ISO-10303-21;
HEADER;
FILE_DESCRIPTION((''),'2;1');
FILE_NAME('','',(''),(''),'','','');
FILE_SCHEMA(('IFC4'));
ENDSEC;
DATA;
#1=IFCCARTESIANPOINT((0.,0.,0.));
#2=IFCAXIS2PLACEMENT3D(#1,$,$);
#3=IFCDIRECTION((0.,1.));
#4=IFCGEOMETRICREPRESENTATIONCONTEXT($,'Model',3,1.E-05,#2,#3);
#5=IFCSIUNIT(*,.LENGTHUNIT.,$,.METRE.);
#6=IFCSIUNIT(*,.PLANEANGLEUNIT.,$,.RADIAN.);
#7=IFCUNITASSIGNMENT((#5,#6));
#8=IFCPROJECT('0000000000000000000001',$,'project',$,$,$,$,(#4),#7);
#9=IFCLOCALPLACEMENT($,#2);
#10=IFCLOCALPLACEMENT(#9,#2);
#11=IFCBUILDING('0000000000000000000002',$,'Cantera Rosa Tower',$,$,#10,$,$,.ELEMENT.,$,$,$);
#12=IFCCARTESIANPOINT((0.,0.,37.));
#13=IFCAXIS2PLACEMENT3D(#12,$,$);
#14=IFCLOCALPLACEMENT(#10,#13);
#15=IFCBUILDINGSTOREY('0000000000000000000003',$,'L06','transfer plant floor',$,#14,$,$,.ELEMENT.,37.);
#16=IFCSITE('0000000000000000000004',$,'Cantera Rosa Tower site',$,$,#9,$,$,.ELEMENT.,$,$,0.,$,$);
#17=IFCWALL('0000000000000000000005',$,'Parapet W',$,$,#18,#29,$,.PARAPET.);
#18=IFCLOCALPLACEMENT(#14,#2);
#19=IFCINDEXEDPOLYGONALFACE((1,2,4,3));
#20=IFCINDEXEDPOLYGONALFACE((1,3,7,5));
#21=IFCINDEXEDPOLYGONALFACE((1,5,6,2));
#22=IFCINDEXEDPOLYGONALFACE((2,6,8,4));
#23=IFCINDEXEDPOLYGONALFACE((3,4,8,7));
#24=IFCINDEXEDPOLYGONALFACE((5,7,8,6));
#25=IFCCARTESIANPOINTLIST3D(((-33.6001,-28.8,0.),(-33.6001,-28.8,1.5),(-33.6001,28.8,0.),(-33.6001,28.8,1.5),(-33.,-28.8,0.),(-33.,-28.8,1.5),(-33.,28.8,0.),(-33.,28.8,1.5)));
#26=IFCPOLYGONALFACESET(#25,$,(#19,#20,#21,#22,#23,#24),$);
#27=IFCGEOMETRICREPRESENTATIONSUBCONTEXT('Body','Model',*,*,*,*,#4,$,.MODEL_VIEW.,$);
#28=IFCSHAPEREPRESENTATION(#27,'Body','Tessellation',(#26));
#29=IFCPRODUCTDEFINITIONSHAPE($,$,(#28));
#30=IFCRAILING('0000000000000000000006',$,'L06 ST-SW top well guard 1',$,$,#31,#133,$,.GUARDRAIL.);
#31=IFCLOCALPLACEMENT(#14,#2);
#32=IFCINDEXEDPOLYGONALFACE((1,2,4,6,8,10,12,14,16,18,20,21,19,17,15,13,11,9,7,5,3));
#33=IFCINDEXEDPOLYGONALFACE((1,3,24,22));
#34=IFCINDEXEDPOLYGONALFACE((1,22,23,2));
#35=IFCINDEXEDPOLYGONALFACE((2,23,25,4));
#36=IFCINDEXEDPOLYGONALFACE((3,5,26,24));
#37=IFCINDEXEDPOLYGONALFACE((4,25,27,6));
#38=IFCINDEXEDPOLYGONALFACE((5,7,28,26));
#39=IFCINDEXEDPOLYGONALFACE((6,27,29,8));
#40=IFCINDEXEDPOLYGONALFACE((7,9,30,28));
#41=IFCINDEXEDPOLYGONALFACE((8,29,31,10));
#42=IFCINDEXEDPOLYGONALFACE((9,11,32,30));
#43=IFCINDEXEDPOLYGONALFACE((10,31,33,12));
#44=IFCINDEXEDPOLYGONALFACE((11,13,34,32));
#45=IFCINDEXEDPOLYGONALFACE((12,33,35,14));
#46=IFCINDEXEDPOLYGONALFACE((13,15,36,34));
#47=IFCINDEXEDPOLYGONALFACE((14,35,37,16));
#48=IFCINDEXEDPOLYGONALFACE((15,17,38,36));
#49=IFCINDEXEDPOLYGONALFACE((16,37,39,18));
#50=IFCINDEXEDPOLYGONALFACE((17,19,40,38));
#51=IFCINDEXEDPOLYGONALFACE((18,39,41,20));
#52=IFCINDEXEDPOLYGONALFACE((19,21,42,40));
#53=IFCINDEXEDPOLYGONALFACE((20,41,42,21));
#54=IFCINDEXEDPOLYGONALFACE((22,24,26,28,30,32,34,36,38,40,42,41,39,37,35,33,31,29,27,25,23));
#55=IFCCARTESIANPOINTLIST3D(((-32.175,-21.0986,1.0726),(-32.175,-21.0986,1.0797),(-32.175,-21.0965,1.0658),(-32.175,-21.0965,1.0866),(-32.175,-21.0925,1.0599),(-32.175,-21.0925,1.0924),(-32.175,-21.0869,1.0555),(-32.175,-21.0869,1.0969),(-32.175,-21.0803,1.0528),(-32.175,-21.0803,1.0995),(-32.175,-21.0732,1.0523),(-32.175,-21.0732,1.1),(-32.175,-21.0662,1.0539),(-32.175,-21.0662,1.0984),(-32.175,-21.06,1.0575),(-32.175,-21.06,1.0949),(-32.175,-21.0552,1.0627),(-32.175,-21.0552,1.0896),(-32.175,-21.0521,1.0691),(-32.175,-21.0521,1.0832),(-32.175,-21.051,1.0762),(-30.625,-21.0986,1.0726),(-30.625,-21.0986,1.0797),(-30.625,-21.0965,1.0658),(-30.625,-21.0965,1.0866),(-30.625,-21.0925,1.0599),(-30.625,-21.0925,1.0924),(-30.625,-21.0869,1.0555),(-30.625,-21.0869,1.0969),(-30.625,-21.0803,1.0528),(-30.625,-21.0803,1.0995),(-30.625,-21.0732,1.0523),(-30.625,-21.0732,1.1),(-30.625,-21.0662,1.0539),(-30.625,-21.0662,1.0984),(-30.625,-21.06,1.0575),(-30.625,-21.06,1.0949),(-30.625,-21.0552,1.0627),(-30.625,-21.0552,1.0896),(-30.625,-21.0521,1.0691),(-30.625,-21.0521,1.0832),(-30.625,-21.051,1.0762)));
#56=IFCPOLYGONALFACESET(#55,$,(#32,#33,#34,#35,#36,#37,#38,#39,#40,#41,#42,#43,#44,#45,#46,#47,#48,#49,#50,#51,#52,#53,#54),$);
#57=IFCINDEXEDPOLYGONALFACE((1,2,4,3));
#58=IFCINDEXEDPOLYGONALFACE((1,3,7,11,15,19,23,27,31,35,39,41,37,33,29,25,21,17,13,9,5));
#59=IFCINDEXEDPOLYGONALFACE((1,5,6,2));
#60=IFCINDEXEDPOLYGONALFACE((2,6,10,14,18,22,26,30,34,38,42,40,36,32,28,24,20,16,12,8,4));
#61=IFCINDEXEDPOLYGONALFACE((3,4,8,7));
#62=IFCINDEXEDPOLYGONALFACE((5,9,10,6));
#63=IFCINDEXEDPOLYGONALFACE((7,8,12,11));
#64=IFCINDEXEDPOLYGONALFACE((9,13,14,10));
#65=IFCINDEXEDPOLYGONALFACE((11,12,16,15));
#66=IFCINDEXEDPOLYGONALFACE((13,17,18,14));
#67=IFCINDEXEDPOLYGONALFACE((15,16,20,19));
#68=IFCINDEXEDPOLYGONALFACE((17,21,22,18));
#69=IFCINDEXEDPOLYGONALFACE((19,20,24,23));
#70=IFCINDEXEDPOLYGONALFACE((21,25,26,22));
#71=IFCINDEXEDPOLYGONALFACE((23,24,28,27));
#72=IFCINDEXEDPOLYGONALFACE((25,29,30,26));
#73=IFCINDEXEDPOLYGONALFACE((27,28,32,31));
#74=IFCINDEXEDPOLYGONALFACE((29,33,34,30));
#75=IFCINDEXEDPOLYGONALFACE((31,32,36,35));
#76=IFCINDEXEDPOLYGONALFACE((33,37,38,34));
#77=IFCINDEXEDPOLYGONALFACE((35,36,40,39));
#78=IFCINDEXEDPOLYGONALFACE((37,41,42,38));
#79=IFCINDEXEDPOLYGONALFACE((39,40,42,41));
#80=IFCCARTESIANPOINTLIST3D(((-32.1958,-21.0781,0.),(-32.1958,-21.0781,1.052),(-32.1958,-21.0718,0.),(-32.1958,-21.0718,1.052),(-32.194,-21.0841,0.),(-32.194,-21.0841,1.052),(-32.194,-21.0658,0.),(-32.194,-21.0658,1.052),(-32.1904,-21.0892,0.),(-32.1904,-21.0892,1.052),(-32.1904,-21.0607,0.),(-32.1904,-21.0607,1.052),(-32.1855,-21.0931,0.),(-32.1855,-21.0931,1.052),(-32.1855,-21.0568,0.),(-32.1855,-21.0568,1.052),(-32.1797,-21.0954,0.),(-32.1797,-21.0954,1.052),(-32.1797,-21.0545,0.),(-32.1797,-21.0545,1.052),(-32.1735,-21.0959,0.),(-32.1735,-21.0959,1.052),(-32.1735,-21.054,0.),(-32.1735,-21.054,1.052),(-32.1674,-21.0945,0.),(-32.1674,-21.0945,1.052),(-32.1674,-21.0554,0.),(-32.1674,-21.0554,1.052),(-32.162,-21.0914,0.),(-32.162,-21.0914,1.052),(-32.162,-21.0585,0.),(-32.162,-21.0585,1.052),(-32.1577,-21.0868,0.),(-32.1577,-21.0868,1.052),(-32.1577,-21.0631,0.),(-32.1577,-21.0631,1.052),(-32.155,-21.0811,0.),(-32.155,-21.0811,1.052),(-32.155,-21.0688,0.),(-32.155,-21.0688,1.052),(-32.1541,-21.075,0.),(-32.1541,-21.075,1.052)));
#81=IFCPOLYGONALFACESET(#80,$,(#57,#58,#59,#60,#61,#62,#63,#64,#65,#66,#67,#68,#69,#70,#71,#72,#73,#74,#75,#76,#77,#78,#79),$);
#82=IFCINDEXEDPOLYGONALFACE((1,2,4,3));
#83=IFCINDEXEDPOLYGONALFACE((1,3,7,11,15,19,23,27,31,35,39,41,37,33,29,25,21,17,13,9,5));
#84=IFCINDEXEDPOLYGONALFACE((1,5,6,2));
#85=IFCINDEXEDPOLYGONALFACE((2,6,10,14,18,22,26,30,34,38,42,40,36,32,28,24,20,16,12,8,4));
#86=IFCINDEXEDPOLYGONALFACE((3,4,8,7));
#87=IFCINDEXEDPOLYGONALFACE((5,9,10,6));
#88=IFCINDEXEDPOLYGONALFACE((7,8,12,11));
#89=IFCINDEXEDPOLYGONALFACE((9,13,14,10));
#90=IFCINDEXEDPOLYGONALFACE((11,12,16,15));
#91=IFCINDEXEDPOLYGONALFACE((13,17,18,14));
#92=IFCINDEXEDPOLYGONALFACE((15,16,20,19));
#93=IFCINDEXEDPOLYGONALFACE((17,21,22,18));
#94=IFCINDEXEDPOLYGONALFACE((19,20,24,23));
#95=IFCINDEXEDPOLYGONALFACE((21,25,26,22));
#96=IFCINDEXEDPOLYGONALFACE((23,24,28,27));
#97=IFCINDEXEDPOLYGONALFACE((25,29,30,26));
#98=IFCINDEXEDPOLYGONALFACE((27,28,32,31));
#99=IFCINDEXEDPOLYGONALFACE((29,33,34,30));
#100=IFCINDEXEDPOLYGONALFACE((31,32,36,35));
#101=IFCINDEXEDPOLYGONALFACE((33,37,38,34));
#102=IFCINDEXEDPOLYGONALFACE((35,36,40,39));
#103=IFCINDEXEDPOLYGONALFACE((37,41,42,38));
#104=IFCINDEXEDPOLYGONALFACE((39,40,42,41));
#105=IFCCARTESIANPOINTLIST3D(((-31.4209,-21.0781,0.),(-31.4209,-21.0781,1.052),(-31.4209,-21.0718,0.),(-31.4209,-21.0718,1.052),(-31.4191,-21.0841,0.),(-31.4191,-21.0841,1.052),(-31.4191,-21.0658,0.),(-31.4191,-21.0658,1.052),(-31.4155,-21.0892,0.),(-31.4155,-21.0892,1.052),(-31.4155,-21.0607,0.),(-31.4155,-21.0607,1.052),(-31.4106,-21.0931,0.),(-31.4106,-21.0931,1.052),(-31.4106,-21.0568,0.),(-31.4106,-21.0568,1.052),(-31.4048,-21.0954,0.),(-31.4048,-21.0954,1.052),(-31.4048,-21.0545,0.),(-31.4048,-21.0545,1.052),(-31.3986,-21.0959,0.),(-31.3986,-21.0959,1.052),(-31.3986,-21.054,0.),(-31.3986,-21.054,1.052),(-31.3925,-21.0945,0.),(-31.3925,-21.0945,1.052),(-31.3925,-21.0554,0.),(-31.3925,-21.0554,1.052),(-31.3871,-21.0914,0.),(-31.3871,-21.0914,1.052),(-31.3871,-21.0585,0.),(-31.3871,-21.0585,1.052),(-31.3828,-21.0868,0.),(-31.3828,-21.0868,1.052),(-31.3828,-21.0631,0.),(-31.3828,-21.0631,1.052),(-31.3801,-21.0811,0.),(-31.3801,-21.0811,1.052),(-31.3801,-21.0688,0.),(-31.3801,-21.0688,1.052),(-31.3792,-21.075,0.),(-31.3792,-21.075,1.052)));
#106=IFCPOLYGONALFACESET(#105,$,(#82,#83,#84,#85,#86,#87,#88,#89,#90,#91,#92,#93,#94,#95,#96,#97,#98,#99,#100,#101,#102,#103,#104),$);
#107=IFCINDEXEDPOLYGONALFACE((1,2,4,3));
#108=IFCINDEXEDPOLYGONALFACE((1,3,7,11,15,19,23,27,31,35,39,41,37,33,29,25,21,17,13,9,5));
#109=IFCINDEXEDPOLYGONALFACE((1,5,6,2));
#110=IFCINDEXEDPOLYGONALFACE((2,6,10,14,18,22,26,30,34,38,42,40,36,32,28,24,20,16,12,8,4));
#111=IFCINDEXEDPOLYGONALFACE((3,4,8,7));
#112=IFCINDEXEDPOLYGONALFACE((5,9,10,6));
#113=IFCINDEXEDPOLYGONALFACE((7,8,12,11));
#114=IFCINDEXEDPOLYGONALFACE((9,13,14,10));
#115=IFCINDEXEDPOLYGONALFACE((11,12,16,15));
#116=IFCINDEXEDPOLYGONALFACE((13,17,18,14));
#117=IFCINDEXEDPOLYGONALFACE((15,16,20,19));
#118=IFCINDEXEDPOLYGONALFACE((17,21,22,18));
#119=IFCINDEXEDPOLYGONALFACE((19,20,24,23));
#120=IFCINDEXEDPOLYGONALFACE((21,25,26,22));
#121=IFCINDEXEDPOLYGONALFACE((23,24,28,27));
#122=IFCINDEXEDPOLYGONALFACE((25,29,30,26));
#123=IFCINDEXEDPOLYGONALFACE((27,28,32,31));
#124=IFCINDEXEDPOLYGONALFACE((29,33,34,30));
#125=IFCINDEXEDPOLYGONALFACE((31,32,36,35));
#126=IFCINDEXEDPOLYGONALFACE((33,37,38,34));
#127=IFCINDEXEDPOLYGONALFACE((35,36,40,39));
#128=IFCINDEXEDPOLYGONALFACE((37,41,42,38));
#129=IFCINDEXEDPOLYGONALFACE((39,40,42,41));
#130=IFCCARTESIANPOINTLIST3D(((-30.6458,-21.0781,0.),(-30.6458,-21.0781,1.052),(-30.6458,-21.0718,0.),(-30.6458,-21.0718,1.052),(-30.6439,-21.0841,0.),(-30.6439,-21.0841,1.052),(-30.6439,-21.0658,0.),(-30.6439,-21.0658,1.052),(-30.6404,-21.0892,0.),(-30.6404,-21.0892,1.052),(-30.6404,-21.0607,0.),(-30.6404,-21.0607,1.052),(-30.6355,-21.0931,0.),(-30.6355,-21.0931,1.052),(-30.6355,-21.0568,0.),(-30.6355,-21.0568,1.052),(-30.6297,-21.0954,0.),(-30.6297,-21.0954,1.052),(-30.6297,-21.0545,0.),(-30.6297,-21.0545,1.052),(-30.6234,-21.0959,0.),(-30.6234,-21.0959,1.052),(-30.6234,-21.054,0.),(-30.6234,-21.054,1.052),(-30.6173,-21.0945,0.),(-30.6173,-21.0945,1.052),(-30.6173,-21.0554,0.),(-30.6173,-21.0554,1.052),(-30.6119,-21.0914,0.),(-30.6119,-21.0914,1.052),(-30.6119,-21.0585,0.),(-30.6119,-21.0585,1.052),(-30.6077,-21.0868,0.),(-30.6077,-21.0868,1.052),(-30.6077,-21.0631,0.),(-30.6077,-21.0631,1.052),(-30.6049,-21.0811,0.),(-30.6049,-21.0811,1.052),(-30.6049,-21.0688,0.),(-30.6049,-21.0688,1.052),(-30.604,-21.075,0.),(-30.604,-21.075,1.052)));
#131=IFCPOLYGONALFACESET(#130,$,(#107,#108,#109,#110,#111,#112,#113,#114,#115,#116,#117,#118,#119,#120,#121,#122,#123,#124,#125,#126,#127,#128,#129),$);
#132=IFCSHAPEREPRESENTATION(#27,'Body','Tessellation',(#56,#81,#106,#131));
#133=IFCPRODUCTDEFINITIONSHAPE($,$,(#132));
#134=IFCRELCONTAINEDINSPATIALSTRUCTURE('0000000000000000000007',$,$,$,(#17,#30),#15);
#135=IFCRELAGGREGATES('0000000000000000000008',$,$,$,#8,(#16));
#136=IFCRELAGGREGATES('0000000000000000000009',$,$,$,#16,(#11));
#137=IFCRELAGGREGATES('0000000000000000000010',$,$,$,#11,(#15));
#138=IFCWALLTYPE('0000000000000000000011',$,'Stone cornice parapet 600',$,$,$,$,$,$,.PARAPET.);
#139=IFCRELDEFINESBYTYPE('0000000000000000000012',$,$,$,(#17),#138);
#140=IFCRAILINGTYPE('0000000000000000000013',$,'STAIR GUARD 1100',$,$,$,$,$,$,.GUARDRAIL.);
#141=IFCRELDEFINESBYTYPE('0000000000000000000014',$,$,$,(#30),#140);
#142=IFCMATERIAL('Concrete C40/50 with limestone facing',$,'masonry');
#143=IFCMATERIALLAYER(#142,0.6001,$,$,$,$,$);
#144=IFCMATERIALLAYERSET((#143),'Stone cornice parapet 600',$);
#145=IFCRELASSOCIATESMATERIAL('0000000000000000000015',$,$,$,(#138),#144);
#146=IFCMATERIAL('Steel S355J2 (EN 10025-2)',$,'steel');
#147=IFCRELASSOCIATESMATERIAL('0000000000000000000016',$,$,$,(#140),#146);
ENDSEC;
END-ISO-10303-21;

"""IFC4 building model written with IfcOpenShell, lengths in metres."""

from ifc_helpers import new_model, si_unit, direction, frame, frame_2d, origin, origin_2d, place, context, subcontext, project, spatial, rectangle, circle, extrude, material, layer, layer_set, type_object, element, save


model = new_model("IFC4")

# Units and contexts
model_context = context("Model", 3, precision=1e-05, world=origin(), true_north=direction((0.0, 1.0)))
body_context = subcontext(model_context, "Body", "Model", "MODEL_VIEW")
ifc_project = project(units=[si_unit("LENGTHUNIT", "METRE"), si_unit("PLANEANGLEUNIT", "RADIAN")], contexts=[model_context])

# Site, building, storey
site_placement = place(None, origin())
site = spatial("IfcSite", under=ifc_project, at=site_placement, Name="Cantera Rosa Tower site", CompositionType="ELEMENT", RefElevation=0.0)
building_placement = place(site_placement, origin())
building = spatial("IfcBuilding", under=site, at=building_placement, Name="Cantera Rosa Tower", CompositionType="ELEMENT")
storey_placement = place(building_placement, frame((0.0, 0.0, 37.0)))
storey = spatial("IfcBuildingStorey", under=building, at=storey_placement, Name="L06", Description="transfer plant floor", CompositionType="ELEMENT", Elevation=37.0)

# Wall
ifc_material_1 = material(Name="Concrete C40/50 with limestone facing", Category="masonry")
ifc_layer_1 = layer(ifc_material_1, 0.6001)
ifc_layer_set_1 = layer_set([ifc_layer_1], Name="Stone cornice parapet 600")
wall_type_1 = type_object("IfcWallType", Name="Stone cornice parapet 600", PredefinedType="PARAPET", material=ifc_layer_set_1)
wall_1_placement = place(storey_placement, frame((-33.3, -28.8, 0.0), z_axis=(0.0, 0.0, 1.0), x_axis=(0.0, 1.0, 0.0)))
element("IfcWall", 1, at=wall_1_placement, inside=storey, type_object=wall_type_1, Name="Parapet W", PredefinedType="PARAPET", context=body_context, shape_type="SweptSolid", body=[
    extrude(rectangle(XDim=57.6001, YDim=0.6001, at=frame_2d((28.8, 0.0))), origin(), (0.0, 0.0, 1.0), 1.5),
])

# Railing
ifc_material_2 = material(Name="Steel S355J2 (EN 10025-2)", Category="steel")
railing_type = type_object("IfcRailingType", Name="STAIR GUARD 1100", PredefinedType="GUARDRAIL", material=ifc_material_2)
railing_1_placement = place(storey_placement, frame((-32.175, -21.075, 0.0)))
element("IfcRailing", 2, at=railing_1_placement, inside=storey, type_object=railing_type, Name="L06 ST-SW top well guard 1", PredefinedType="GUARDRAIL", context=body_context, shape_type="SweptSolid", body=[
    extrude(circle(Radius=0.0239, at=origin_2d()), frame((0.0, 0.0, 1.0762), z_axis=(1.0, 0.0, 0.0), x_axis=(0.0, 1.0, 0.0)), (0.0, 0.0, 1.0), 1.55),
    extrude(circle(Radius=0.021, at=origin_2d()), origin(), (0.0, 0.0, 1.0), 1.052),
    extrude(circle(Radius=0.021, at=origin_2d()), frame((0.7749, 0.0, 0.0)), (0.0, 0.0, 1.0), 1.052),
    extrude(circle(Radius=0.021, at=origin_2d()), frame((1.55, 0.0, 0.0)), (0.0, 0.0, 1.0), 1.052),
])

save(model, "model.ifc")
